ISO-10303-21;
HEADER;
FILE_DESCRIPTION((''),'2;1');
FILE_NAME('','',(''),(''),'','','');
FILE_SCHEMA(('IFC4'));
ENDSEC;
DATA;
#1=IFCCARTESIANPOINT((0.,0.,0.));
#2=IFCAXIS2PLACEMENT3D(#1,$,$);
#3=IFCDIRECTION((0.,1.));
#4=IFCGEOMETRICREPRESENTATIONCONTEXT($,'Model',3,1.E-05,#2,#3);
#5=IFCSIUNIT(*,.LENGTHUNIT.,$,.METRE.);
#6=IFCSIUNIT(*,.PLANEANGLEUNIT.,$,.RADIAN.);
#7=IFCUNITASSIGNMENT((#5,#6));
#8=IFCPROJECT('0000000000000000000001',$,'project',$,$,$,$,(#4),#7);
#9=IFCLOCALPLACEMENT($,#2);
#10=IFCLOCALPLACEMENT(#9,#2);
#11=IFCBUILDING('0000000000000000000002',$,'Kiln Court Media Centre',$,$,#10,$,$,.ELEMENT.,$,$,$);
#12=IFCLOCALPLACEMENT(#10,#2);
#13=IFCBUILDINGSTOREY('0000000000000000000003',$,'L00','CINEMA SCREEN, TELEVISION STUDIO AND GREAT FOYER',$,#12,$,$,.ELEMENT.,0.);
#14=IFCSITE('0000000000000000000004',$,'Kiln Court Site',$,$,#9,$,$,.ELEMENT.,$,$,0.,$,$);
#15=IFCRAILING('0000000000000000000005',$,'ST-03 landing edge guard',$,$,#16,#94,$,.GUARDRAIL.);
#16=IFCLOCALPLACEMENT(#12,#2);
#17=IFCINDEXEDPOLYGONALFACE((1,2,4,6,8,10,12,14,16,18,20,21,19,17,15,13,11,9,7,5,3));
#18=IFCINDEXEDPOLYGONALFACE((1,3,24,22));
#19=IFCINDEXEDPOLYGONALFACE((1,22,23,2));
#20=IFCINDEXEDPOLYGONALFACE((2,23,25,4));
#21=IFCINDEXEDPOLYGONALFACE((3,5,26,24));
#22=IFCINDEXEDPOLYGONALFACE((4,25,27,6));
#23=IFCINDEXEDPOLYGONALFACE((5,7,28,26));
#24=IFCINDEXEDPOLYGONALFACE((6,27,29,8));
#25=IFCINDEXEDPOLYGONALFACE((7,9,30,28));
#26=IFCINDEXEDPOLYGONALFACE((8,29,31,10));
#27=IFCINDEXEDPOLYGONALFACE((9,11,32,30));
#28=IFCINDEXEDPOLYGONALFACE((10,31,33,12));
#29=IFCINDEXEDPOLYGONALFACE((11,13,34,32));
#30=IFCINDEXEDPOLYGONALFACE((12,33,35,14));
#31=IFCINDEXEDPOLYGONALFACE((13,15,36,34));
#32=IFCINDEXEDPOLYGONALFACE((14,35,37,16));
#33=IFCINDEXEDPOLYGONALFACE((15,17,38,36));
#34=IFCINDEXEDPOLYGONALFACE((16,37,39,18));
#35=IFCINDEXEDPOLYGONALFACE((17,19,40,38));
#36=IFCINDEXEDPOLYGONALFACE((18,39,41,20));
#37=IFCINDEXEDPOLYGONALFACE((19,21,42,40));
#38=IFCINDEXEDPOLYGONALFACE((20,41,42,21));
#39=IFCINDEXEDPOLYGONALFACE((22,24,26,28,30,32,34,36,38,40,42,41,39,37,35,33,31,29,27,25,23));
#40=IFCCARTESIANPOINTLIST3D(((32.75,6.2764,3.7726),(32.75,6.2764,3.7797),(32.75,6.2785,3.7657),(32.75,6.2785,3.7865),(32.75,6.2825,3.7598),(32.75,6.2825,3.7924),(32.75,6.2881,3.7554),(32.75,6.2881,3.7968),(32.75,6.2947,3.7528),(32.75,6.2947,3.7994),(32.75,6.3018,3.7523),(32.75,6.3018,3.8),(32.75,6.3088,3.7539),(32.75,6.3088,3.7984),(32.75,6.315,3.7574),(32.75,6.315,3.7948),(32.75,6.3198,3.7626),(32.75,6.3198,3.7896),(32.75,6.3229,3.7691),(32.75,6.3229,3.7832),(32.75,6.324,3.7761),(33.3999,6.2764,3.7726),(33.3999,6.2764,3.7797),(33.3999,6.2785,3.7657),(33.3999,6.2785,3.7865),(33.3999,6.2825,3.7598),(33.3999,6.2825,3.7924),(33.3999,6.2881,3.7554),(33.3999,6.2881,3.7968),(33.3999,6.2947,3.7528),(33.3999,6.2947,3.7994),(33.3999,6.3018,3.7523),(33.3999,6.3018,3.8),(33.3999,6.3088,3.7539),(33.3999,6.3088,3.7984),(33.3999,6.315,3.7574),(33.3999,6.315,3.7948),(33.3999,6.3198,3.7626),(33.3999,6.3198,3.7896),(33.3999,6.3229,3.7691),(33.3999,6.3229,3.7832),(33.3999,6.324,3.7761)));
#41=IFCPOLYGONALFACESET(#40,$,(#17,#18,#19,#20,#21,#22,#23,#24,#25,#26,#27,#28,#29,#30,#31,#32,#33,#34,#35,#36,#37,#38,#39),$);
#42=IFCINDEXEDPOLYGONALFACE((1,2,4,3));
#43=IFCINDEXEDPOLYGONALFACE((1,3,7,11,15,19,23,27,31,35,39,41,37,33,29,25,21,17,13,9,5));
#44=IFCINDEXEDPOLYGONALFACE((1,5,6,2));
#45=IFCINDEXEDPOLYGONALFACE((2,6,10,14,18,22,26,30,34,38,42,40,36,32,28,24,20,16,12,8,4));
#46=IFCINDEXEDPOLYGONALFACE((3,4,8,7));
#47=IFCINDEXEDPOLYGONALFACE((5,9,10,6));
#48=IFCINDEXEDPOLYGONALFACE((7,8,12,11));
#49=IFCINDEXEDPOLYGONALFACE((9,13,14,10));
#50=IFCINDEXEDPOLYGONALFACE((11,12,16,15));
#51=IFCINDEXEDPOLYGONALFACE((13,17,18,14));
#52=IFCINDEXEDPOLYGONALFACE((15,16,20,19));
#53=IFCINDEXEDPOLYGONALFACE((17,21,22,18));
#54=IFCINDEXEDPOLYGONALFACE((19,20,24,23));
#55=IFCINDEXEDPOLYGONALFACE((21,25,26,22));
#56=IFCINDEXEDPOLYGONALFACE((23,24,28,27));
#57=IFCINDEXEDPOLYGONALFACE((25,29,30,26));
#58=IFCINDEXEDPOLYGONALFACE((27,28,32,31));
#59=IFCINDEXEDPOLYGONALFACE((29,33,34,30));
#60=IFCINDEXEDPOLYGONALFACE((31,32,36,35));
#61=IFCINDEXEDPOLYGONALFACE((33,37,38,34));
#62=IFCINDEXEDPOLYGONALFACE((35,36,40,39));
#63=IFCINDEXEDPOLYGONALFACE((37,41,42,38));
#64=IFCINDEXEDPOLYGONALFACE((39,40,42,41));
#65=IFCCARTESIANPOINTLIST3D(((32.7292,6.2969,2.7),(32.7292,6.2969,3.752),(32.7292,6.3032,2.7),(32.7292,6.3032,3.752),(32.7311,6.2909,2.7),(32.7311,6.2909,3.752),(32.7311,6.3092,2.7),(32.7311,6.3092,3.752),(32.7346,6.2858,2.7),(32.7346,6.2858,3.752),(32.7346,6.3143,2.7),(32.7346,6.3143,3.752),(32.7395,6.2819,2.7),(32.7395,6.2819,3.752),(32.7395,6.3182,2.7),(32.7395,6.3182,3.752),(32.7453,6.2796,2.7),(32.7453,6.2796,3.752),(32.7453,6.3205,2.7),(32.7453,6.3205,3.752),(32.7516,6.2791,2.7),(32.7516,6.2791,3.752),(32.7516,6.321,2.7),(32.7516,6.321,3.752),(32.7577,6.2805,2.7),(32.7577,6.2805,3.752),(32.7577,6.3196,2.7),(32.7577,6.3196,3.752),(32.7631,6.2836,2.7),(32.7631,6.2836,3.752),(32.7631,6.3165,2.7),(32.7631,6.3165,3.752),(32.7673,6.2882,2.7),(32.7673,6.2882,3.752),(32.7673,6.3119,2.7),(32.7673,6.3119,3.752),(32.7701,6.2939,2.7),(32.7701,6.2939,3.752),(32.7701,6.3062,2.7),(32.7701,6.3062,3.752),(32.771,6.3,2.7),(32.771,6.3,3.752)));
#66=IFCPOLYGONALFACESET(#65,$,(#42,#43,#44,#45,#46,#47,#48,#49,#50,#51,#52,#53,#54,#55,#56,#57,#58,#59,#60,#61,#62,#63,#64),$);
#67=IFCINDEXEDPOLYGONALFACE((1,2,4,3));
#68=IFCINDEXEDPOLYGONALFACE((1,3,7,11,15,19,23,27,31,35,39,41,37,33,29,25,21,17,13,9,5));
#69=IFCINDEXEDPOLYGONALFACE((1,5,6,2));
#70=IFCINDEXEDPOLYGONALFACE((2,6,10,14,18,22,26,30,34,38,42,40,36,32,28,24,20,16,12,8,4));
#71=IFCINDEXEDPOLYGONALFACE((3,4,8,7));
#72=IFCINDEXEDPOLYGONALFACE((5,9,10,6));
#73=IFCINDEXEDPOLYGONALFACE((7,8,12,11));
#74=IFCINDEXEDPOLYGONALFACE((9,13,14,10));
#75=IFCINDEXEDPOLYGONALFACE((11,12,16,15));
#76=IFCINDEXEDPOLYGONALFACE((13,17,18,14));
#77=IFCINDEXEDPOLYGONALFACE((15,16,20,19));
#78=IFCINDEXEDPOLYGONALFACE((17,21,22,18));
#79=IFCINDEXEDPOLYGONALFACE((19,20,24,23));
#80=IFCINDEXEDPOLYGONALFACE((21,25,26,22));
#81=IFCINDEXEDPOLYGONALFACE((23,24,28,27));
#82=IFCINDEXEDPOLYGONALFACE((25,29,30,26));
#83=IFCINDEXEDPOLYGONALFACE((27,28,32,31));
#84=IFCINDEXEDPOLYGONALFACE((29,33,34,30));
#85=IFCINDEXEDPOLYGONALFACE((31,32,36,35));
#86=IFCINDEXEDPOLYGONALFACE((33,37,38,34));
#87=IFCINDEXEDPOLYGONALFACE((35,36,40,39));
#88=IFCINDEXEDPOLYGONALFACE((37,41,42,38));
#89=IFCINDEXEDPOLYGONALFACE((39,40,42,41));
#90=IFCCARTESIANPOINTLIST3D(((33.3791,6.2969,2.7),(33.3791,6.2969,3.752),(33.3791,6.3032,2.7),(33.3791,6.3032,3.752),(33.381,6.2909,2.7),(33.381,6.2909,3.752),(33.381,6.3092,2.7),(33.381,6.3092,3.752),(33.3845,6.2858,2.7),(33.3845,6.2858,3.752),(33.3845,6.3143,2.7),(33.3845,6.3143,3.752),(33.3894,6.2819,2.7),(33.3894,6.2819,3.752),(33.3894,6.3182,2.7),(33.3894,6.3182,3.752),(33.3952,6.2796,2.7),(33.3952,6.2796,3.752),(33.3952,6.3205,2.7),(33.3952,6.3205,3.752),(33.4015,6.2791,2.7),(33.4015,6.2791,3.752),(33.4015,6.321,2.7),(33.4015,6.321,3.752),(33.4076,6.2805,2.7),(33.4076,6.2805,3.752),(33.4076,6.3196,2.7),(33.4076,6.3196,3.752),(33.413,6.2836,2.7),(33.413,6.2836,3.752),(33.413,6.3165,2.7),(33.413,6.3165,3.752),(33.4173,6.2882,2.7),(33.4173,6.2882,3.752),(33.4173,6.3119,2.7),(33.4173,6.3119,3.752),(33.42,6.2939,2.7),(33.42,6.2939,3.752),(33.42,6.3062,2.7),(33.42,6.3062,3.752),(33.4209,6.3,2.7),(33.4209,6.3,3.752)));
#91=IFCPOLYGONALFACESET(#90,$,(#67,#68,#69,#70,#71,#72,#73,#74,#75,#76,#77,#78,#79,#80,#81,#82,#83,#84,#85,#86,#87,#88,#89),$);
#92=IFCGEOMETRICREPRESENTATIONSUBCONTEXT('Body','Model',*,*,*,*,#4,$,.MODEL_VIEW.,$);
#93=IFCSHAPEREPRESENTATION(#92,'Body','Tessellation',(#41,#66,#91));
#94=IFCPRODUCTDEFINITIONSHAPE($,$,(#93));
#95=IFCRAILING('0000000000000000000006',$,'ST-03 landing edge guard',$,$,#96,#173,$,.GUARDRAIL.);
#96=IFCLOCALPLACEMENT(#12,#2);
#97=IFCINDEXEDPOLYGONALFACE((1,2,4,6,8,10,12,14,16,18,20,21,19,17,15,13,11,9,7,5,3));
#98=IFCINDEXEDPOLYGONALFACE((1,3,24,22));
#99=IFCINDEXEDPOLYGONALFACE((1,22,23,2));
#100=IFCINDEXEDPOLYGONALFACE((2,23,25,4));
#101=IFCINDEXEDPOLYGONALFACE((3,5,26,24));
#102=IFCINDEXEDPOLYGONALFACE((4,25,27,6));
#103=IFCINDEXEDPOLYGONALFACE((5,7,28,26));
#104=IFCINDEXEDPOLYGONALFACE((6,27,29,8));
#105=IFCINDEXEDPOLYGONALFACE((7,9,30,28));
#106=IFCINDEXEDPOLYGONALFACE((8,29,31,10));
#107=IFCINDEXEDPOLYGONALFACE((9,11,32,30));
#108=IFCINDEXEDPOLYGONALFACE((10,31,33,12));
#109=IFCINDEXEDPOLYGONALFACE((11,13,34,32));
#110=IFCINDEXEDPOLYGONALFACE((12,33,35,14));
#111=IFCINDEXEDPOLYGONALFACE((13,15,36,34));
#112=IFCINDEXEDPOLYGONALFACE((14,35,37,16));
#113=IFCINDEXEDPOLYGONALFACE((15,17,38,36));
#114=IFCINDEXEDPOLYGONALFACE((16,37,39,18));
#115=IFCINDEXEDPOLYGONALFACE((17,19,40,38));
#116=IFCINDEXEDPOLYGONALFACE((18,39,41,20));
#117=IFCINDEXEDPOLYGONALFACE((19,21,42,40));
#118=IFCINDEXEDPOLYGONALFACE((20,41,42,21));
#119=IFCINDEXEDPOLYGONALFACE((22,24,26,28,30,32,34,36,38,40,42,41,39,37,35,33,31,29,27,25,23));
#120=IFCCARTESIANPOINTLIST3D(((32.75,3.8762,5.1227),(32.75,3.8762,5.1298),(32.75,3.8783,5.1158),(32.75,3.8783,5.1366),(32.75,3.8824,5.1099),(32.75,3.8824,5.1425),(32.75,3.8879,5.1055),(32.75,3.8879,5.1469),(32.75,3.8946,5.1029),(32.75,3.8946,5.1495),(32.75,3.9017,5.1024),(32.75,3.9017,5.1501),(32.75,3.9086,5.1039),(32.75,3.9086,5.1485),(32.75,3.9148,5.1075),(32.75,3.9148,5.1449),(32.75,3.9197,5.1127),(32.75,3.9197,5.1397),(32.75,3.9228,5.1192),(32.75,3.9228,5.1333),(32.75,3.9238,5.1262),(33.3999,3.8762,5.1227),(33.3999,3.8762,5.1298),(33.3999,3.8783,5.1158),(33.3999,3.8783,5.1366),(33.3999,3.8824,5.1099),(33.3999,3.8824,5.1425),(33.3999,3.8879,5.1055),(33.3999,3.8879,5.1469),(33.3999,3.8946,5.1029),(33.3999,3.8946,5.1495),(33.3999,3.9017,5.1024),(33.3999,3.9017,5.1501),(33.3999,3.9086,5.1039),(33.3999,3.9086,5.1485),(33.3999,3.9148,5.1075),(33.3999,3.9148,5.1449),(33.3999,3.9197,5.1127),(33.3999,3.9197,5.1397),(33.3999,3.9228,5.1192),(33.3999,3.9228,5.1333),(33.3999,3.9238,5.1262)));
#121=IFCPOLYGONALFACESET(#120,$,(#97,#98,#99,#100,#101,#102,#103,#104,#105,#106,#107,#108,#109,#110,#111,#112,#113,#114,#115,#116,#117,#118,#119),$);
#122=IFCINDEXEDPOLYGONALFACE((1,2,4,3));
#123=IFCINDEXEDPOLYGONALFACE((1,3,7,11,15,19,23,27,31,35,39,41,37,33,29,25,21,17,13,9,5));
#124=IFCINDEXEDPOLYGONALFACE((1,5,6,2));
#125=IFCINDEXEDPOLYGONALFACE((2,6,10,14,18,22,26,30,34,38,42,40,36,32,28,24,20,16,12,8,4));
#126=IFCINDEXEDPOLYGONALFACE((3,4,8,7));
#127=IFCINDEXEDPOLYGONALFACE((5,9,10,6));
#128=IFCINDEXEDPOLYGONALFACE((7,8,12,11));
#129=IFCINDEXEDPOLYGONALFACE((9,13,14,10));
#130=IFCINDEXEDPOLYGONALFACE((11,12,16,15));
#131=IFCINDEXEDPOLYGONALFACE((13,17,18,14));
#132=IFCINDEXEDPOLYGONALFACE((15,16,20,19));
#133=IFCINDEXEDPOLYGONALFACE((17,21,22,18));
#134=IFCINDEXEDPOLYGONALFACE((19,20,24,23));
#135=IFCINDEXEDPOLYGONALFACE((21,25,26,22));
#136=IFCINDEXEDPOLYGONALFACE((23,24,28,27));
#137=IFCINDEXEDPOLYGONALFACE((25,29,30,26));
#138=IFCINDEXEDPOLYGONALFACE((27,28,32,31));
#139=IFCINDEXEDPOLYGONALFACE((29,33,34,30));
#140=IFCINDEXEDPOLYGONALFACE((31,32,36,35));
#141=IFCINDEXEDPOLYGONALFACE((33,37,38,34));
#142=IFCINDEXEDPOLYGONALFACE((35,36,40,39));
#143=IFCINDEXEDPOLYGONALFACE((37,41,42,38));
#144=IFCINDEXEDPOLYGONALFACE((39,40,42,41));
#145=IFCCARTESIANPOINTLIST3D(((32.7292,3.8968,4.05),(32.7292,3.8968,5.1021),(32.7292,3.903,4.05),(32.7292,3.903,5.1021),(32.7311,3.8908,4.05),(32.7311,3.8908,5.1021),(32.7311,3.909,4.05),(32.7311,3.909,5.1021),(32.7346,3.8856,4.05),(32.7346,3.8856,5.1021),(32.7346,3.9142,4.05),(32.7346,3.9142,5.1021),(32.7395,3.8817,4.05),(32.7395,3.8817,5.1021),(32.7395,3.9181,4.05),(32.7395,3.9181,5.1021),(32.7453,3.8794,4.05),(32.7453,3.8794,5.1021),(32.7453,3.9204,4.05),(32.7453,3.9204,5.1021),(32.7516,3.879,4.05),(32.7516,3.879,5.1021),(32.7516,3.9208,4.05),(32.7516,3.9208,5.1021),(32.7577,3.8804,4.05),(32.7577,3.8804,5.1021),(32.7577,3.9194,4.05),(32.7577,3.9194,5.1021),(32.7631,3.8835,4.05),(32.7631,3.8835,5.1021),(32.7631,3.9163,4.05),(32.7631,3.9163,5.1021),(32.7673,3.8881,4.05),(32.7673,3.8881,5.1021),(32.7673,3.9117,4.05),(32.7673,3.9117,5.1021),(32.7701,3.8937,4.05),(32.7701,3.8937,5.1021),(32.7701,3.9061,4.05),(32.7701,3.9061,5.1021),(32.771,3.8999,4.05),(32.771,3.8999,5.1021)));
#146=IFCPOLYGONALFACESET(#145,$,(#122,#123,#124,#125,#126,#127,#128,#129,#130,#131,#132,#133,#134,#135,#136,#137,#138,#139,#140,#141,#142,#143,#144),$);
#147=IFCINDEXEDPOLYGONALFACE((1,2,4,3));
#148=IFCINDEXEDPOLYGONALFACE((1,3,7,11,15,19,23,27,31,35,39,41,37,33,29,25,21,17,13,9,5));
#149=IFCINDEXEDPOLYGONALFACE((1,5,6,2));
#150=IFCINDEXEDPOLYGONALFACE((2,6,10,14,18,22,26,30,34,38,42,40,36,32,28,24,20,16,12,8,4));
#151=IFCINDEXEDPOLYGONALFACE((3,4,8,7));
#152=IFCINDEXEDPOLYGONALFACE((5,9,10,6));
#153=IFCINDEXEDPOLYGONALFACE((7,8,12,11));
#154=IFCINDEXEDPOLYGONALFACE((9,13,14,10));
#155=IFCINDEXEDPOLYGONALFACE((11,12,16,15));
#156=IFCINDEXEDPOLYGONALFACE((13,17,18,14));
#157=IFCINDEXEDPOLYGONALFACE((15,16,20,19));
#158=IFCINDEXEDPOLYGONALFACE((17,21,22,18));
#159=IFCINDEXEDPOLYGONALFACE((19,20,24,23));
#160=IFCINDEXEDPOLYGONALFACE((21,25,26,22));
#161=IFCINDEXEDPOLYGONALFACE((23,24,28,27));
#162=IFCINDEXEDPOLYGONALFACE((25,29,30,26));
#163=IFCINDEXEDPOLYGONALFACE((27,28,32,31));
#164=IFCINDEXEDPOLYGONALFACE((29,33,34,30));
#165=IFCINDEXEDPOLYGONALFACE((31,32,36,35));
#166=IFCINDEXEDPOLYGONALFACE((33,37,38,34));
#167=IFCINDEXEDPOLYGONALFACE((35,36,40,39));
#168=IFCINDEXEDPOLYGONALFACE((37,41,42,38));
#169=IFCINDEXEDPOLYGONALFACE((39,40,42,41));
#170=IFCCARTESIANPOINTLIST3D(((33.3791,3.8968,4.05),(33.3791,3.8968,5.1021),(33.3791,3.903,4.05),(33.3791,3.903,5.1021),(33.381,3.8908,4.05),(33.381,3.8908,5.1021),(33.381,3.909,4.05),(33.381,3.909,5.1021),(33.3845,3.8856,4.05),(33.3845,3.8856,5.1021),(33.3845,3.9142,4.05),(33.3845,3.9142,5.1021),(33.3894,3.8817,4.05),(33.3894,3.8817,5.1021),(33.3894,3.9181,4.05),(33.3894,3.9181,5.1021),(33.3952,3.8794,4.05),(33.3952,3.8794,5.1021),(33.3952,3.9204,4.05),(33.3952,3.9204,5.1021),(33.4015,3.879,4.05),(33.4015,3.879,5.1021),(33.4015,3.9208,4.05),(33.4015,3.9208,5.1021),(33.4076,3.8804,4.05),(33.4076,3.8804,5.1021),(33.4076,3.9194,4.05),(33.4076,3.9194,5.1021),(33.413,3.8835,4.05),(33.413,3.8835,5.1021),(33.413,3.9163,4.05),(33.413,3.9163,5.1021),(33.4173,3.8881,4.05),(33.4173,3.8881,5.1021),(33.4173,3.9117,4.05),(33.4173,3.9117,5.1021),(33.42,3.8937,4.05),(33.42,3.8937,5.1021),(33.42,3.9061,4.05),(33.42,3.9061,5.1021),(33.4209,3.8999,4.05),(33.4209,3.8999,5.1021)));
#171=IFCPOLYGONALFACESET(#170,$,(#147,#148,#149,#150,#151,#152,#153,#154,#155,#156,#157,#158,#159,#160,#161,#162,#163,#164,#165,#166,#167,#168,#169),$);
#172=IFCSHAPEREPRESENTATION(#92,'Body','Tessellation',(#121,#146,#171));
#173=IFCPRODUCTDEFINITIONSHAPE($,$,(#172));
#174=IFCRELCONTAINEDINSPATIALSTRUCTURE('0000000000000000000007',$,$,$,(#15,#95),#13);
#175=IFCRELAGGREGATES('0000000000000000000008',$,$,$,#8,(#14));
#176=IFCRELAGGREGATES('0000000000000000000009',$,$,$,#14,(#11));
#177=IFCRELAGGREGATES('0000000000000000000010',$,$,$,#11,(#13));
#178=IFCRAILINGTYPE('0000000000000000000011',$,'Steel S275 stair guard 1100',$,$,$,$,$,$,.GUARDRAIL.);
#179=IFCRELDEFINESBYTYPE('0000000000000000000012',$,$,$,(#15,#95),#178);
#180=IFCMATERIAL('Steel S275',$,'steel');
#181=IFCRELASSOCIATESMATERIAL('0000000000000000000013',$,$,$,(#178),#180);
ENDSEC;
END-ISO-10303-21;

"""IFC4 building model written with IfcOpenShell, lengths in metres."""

from ifc_helpers import new_model, si_unit, direction, frame, origin, origin_2d, place, context, subcontext, project, spatial, circle, extrude, material, type_object, element, save


model = new_model("IFC4")

# Units and contexts
model_context = context("Model", 3, precision=1e-05, world=origin(), true_north=direction((0.0, 1.0)))
body_context = subcontext(model_context, "Body", "Model", "MODEL_VIEW")
ifc_project = project(units=[si_unit("LENGTHUNIT", "METRE"), si_unit("PLANEANGLEUNIT", "RADIAN")], contexts=[model_context])

# Site, building, storey
site_placement = place(None, origin())
site = spatial("IfcSite", under=ifc_project, at=site_placement, Name="Kiln Court Site", CompositionType="ELEMENT", RefElevation=0.0)
building_placement = place(site_placement, origin())
building = spatial("IfcBuilding", under=site, at=building_placement, Name="Kiln Court Media Centre", CompositionType="ELEMENT")
storey_placement = place(building_placement, origin())
storey = spatial("IfcBuildingStorey", under=building, at=storey_placement, Name="L00", Description="CINEMA SCREEN, TELEVISION STUDIO AND GREAT FOYER", CompositionType="ELEMENT", Elevation=0.0)

# Railings
ifc_material_1 = material(Name="Steel S275", Category="steel")
railing_type_1 = type_object("IfcRailingType", Name="Steel S275 stair guard 1100", PredefinedType="GUARDRAIL", material=ifc_material_1)
for number, where, name in (
    (1, (32.75, 6.3, 2.7), "ST-03 landing edge guard"),
    (2, (32.75, 3.8999, 4.05), "ST-03 landing edge guard"),
):
    element("IfcRailing", number, at=place(storey_placement, frame(where)), inside=storey, type_object=railing_type_1, Name=name, PredefinedType="GUARDRAIL", context=body_context, shape_type="SweptSolid", body=[
        extrude(circle(Radius=0.0239, at=origin_2d()), frame((0.0, 0.0, 1.0762), z_axis=(1.0, 0.0, 0.0), x_axis=(0.0, 1.0, 0.0)), (0.0, 0.0, 1.0), 0.6499),
        extrude(circle(Radius=0.021, at=origin_2d()), origin(), (0.0, 0.0, 1.0), 1.052),
        extrude(circle(Radius=0.021, at=origin_2d()), frame((0.6499, 0.0, 0.0)), (0.0, 0.0, 1.0), 1.052),
    ])

save(model, "model.ifc")
